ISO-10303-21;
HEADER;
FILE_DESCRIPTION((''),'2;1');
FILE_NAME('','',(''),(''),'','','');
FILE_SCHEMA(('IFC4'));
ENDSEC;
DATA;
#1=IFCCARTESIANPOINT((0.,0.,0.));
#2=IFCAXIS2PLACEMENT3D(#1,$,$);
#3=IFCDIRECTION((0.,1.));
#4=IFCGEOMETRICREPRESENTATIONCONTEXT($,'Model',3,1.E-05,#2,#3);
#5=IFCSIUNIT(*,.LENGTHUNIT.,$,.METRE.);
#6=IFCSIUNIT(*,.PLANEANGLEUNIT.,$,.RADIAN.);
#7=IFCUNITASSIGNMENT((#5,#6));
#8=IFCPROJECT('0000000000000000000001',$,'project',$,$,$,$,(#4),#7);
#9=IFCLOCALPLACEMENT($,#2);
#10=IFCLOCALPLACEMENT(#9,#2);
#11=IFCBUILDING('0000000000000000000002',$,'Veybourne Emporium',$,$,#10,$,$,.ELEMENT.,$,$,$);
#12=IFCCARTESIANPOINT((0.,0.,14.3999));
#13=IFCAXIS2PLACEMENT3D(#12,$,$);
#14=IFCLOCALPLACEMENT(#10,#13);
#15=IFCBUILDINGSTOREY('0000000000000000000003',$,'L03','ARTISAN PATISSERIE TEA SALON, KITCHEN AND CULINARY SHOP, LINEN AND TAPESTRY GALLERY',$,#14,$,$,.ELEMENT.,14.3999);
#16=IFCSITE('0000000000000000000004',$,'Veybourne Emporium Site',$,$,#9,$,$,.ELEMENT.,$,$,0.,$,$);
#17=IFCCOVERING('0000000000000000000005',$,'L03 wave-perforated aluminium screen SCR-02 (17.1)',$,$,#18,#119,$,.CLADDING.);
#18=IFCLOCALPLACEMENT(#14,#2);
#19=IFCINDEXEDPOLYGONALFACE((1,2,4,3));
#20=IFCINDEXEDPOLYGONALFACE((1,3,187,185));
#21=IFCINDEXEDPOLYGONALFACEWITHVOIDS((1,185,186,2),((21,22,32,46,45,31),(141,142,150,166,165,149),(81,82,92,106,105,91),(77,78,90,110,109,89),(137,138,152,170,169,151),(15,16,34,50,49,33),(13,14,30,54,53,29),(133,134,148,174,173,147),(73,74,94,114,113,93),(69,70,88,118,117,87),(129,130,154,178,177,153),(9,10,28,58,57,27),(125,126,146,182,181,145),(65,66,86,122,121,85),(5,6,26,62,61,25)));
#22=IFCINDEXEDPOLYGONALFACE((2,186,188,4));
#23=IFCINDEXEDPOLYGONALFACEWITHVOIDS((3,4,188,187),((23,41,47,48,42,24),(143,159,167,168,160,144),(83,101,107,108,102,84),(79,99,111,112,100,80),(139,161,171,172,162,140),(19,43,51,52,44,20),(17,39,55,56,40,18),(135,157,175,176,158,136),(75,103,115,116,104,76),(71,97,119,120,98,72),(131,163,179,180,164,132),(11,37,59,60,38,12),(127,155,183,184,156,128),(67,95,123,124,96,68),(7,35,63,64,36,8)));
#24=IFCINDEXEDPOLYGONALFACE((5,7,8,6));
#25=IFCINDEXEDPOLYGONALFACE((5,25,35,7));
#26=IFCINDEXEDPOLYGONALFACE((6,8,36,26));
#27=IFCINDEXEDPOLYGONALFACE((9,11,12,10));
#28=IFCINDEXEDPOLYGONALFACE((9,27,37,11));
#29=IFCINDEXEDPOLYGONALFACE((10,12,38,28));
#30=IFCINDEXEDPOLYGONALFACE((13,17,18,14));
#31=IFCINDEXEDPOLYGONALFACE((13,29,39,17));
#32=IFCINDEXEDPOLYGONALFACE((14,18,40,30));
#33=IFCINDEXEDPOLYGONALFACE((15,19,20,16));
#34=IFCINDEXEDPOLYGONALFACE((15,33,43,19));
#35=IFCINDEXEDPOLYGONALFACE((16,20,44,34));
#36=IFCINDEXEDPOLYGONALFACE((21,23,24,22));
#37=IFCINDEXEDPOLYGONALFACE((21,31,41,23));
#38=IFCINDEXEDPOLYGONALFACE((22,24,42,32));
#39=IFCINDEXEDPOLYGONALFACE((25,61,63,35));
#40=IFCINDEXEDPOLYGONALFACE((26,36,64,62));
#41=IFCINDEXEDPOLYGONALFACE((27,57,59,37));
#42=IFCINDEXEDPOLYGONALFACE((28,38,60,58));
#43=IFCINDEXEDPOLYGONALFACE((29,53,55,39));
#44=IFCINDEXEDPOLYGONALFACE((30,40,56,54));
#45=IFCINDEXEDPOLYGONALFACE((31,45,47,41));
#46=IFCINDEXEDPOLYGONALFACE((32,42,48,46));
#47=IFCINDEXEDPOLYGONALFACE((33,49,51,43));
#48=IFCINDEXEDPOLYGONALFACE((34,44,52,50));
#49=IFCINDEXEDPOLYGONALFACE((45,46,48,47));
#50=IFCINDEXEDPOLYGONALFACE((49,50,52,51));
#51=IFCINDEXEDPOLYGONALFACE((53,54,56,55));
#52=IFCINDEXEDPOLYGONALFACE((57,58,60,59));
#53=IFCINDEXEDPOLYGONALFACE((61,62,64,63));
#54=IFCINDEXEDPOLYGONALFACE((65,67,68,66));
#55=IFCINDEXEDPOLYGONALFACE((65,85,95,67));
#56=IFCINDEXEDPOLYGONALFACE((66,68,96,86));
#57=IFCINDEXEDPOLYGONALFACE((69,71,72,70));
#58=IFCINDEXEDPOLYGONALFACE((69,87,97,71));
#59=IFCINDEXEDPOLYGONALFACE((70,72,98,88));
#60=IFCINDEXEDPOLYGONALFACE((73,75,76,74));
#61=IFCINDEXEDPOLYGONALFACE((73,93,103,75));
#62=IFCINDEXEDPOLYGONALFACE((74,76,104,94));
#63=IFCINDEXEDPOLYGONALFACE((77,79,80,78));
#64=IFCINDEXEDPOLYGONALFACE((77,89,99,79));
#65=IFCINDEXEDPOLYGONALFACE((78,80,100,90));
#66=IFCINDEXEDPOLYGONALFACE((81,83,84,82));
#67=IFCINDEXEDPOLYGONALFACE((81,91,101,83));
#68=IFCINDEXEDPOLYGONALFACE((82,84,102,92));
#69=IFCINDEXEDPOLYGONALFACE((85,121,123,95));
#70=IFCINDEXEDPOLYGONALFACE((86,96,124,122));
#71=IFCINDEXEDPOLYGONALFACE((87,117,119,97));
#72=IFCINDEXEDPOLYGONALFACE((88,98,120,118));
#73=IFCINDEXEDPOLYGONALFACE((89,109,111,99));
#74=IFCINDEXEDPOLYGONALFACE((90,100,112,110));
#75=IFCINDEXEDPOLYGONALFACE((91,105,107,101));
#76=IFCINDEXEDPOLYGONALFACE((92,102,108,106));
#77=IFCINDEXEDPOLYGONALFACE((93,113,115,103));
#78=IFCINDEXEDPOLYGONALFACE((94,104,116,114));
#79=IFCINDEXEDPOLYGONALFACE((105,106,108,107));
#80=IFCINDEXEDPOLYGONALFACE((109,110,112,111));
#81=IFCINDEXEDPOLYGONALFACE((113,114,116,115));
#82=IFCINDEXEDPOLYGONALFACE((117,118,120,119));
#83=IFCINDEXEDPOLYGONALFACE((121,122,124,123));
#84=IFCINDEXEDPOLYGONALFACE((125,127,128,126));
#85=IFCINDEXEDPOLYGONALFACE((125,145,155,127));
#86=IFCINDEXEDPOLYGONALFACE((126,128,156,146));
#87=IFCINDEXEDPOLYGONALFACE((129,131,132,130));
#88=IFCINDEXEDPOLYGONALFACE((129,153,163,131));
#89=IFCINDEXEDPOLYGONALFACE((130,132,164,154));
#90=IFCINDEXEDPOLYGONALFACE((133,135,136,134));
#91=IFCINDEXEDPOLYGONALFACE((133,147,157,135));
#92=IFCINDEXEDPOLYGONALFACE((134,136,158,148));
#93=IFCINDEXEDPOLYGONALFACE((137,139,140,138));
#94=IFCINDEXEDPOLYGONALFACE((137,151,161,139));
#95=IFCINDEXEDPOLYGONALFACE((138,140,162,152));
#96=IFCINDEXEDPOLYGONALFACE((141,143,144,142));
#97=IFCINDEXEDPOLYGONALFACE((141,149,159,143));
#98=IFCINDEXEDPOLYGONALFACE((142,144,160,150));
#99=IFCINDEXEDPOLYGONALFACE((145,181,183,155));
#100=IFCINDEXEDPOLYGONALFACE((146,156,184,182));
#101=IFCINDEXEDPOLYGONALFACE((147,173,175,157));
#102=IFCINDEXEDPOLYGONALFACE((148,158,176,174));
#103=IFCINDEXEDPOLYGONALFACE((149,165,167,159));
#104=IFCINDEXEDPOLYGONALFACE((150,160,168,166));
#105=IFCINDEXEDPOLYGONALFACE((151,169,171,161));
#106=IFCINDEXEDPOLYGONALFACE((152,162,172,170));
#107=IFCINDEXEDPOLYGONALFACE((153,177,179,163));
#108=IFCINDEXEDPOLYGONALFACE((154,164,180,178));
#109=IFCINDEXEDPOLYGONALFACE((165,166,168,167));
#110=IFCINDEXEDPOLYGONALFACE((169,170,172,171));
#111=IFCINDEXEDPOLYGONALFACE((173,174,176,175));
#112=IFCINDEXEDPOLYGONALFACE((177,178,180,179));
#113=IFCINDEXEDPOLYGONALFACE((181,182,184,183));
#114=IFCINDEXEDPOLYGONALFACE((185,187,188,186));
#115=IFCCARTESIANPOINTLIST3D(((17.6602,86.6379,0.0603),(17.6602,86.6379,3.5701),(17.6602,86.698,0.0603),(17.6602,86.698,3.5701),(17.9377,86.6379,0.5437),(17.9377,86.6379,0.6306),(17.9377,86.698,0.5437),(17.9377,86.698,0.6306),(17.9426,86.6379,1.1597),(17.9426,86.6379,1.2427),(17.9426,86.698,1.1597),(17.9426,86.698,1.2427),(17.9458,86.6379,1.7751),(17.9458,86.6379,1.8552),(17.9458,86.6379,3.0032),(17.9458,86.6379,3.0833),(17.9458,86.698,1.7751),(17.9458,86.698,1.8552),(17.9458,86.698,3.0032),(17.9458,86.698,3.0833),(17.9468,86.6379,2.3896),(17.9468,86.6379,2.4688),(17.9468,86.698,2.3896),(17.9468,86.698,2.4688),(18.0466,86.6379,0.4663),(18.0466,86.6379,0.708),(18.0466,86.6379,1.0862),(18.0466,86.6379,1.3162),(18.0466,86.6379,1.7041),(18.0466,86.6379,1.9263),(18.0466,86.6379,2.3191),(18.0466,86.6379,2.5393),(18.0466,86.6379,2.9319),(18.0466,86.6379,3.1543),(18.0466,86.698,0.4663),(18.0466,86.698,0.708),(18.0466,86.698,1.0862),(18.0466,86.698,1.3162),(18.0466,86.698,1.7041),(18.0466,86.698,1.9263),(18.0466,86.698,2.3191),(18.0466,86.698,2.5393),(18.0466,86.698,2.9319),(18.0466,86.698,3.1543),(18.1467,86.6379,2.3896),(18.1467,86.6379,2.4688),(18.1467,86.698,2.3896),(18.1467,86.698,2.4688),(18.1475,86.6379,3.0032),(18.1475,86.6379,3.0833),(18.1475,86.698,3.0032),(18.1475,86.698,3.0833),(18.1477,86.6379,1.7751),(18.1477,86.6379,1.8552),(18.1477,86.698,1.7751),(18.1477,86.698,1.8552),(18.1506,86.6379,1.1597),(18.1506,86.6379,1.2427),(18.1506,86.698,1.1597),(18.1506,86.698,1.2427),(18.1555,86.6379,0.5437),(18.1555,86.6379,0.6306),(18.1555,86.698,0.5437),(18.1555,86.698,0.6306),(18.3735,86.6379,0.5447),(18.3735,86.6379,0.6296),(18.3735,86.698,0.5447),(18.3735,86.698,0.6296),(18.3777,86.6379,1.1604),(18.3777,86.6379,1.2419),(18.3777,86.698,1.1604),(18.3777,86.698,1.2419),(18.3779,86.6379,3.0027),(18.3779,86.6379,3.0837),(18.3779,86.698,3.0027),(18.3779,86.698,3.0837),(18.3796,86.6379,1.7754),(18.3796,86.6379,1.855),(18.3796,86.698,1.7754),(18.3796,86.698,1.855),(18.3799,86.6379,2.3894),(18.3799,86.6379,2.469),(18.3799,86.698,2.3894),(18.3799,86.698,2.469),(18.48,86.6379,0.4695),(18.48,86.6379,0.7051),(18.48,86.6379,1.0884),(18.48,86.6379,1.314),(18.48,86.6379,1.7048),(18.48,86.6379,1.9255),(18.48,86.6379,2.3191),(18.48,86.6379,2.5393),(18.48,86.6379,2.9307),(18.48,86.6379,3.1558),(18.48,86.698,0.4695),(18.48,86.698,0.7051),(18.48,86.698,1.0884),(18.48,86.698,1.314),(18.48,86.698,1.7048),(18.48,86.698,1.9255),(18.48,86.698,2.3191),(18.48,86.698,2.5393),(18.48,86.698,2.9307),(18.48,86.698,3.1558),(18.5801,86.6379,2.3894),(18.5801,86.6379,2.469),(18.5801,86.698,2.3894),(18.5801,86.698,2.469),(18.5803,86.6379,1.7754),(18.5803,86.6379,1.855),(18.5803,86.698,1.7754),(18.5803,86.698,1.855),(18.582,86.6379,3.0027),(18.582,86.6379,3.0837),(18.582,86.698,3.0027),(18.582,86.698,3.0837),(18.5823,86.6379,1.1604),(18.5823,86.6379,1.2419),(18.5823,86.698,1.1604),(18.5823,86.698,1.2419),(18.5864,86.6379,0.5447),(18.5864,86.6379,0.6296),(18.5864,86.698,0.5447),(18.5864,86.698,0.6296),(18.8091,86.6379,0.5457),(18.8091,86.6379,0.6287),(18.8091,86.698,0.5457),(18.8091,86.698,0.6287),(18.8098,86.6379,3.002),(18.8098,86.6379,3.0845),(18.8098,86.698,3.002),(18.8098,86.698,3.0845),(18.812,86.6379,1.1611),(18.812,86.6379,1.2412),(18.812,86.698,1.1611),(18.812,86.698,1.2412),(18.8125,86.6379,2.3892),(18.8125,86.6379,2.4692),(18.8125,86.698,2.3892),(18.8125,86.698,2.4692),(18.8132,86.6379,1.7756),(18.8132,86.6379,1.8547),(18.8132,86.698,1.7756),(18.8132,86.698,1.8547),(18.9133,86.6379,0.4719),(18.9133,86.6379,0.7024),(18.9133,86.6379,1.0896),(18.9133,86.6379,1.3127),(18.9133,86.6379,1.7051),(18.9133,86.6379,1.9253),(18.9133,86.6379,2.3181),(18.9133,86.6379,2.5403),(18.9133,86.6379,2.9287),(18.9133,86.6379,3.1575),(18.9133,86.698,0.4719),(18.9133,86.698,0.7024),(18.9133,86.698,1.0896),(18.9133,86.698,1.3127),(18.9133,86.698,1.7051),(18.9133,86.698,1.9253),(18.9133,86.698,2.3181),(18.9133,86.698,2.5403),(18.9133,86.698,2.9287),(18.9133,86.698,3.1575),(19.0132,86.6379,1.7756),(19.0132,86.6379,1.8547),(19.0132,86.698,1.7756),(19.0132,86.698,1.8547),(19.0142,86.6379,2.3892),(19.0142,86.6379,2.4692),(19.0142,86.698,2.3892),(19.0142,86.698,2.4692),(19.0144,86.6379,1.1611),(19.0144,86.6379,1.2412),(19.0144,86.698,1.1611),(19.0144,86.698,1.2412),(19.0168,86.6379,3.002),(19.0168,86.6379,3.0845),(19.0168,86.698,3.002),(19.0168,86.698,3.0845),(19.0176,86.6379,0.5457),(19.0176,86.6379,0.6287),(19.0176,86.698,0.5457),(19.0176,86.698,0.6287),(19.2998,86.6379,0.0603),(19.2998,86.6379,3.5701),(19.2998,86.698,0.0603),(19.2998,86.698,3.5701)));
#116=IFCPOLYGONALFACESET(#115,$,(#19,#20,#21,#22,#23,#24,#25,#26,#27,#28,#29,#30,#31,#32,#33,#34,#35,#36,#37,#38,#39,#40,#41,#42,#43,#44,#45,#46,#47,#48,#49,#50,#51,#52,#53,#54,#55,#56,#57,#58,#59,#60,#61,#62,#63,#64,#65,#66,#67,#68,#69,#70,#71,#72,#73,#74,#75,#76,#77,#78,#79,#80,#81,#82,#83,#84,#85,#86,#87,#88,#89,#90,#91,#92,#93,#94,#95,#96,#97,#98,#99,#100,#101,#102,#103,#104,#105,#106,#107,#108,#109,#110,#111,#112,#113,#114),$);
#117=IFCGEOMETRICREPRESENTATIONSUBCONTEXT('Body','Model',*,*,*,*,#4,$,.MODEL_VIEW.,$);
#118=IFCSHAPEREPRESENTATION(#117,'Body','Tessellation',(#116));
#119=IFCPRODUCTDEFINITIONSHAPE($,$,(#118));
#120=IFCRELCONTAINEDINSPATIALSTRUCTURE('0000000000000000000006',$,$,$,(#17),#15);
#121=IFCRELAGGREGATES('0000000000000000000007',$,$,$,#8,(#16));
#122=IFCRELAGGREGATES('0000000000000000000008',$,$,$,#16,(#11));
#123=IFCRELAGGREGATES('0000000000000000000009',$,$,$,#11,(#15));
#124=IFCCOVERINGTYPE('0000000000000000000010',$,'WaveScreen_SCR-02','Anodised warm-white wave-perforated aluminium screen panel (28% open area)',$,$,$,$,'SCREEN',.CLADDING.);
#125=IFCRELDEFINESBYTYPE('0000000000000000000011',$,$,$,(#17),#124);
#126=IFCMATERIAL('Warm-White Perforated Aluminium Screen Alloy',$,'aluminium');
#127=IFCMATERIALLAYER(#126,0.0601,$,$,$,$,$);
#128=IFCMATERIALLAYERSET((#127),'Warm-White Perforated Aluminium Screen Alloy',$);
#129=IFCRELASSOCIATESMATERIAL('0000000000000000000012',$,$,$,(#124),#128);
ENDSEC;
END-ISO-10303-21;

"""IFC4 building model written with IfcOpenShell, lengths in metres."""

from ifc_helpers import new_model, si_unit, direction, frame, origin, place, context, subcontext, project, spatial, polyline, outline, extrude, material, layer, layer_set, type_object, element, save


model = new_model("IFC4")

# Units and contexts
model_context = context("Model", 3, precision=1e-05, world=origin(), true_north=direction((0.0, 1.0)))
body_context = subcontext(model_context, "Body", "Model", "MODEL_VIEW")
ifc_project = project(units=[si_unit("LENGTHUNIT", "METRE"), si_unit("PLANEANGLEUNIT", "RADIAN")], contexts=[model_context])

# Site, building, storey
site_placement = place(None, origin())
site = spatial("IfcSite", under=ifc_project, at=site_placement, Name="Veybourne Emporium Site", CompositionType="ELEMENT", RefElevation=0.0)
building_placement = place(site_placement, origin())
building = spatial("IfcBuilding", under=site, at=building_placement, Name="Veybourne Emporium", CompositionType="ELEMENT")
storey_placement = place(building_placement, frame((0.0, 0.0, 14.3999)))
storey = spatial("IfcBuildingStorey", under=building, at=storey_placement, Name="L03", Description="ARTISAN PATISSERIE TEA SALON, KITCHEN AND CULINARY SHOP, LINEN AND TAPESTRY GALLERY", CompositionType="ELEMENT", Elevation=14.3999)

# Covering
ifc_material_1 = material(Name="Warm-White Perforated Aluminium Screen Alloy", Category="aluminium")
ifc_layer_1 = layer(ifc_material_1, 0.0601)
ifc_layer_set_1 = layer_set([ifc_layer_1], Name="Warm-White Perforated Aluminium Screen Alloy")
covering_type_1 = type_object("IfcCoveringType", Name="WaveScreen_SCR-02", Description="Anodised warm-white wave-perforated aluminium screen panel (28% open area)", ElementType="SCREEN", PredefinedType="CLADDING", material=ifc_layer_set_1)
covering_1_placement = place(storey_placement, frame((18.48, 86.698, 1.8152), z_axis=(0.0, -1.0, 0.0), x_axis=(1.0, 0.0, 0.0)))
element("IfcCovering", 1, at=covering_1_placement, inside=storey, type_object=covering_type_1, Name="L03 wave-perforated aluminium screen SCR-02 (17.1)", PredefinedType="CLADDING", context=body_context, shape_type="SweptSolid", body=[
    extrude(outline(polyline([(-0.8198, -1.7549), (0.8198, -1.7549), (0.8198, 1.7549), (-0.8198, 1.7549), (-0.8198, -1.7549)]), holes=[polyline([(-0.4333, -1.1072), (-0.3245, -1.1846), (-0.3245, -1.2715), (-0.4333, -1.3489), (-0.5422, -1.2715), (-0.5422, -1.1846), (-0.4333, -1.1072)]), polyline([(-0.4333, -0.499), (-0.3293, -0.5725), (-0.3293, -0.6555), (-0.4333, -0.729), (-0.5374, -0.6555), (-0.5374, -0.5725), (-0.4333, -0.499)]), polyline([(-0.4333, 0.1111), (-0.3323, 0.04), (-0.3323, -0.04), (-0.4333, -0.1111), (-0.5342, -0.04), (-0.5342, 0.04), (-0.4333, 0.1111)]), polyline([(-0.4333, 0.7241), (-0.3333, 0.6536), (-0.3333, 0.5745), (-0.4333, 0.5039), (-0.5332, 0.5745), (-0.5332, 0.6536), (-0.4333, 0.7241)]), polyline([(-0.4333, 1.3391), (-0.3325, 1.2681), (-0.3325, 1.188), (-0.4333, 1.1167), (-0.5342, 1.188), (-0.5342, 1.2681), (-0.4333, 1.3391)]), polyline([(0.0, -1.1101), (0.1064, -1.1855), (0.1064, -1.2705), (0.0, -1.3457), (-0.1064, -1.2705), (-0.1064, -1.1855), (0.0, -1.1101)]), polyline([(0.0, -0.5012), (0.1023, -0.5732), (0.1023, -0.6548), (0.0, -0.7268), (-0.1023, -0.6548), (-0.1023, -0.5732), (0.0, -0.5012)]), polyline([(0.0, 0.1104), (0.1003, 0.0398), (0.1003, -0.0398), (0.0, -0.1104), (-0.1003, -0.0398), (-0.1003, 0.0398), (0.0, 0.1104)]), polyline([(0.0, 0.7241), (0.1001, 0.6538), (0.1001, 0.5742), (0.0, 0.5039), (-0.1001, 0.5742), (-0.1001, 0.6538), (0.0, 0.7241)]), polyline([(0.0, 1.3406), (0.1021, 1.2686), (0.1021, 1.1875), (0.0, 1.1155), (-0.1021, 1.1875), (-0.1021, 1.2686), (0.0, 1.3406)]), polyline([(0.4333, -1.1128), (0.5376, -1.1865), (0.5376, -1.2695), (0.4333, -1.3433), (0.3291, -1.2695), (0.3291, -1.1865), (0.4333, -1.1128)]), polyline([(0.4333, -0.5024), (0.5344, -0.574), (0.5344, -0.6541), (0.4333, -0.7256), (0.332, -0.6541), (0.332, -0.574), (0.4333, -0.5024)]), polyline([(0.4333, 0.1101), (0.5332, 0.0396), (0.5332, -0.0396), (0.4333, -0.1101), (0.3333, -0.0396), (0.3333, 0.0396), (0.4333, 0.1101)]), polyline([(0.4333, 0.7251), (0.5342, 0.6541), (0.5342, 0.574), (0.4333, 0.5029), (0.3325, 0.574), (0.3325, 0.6541), (0.4333, 0.7251)]), polyline([(0.4333, 1.3423), (0.5369, 1.2693), (0.5369, 1.1868), (0.4333, 1.1135), (0.3298, 1.1868), (0.3298, 1.2693), (0.4333, 1.3423)])]), origin(), (0.0, 0.0, 1.0), 0.0601),
])

save(model, "model.ifc")
